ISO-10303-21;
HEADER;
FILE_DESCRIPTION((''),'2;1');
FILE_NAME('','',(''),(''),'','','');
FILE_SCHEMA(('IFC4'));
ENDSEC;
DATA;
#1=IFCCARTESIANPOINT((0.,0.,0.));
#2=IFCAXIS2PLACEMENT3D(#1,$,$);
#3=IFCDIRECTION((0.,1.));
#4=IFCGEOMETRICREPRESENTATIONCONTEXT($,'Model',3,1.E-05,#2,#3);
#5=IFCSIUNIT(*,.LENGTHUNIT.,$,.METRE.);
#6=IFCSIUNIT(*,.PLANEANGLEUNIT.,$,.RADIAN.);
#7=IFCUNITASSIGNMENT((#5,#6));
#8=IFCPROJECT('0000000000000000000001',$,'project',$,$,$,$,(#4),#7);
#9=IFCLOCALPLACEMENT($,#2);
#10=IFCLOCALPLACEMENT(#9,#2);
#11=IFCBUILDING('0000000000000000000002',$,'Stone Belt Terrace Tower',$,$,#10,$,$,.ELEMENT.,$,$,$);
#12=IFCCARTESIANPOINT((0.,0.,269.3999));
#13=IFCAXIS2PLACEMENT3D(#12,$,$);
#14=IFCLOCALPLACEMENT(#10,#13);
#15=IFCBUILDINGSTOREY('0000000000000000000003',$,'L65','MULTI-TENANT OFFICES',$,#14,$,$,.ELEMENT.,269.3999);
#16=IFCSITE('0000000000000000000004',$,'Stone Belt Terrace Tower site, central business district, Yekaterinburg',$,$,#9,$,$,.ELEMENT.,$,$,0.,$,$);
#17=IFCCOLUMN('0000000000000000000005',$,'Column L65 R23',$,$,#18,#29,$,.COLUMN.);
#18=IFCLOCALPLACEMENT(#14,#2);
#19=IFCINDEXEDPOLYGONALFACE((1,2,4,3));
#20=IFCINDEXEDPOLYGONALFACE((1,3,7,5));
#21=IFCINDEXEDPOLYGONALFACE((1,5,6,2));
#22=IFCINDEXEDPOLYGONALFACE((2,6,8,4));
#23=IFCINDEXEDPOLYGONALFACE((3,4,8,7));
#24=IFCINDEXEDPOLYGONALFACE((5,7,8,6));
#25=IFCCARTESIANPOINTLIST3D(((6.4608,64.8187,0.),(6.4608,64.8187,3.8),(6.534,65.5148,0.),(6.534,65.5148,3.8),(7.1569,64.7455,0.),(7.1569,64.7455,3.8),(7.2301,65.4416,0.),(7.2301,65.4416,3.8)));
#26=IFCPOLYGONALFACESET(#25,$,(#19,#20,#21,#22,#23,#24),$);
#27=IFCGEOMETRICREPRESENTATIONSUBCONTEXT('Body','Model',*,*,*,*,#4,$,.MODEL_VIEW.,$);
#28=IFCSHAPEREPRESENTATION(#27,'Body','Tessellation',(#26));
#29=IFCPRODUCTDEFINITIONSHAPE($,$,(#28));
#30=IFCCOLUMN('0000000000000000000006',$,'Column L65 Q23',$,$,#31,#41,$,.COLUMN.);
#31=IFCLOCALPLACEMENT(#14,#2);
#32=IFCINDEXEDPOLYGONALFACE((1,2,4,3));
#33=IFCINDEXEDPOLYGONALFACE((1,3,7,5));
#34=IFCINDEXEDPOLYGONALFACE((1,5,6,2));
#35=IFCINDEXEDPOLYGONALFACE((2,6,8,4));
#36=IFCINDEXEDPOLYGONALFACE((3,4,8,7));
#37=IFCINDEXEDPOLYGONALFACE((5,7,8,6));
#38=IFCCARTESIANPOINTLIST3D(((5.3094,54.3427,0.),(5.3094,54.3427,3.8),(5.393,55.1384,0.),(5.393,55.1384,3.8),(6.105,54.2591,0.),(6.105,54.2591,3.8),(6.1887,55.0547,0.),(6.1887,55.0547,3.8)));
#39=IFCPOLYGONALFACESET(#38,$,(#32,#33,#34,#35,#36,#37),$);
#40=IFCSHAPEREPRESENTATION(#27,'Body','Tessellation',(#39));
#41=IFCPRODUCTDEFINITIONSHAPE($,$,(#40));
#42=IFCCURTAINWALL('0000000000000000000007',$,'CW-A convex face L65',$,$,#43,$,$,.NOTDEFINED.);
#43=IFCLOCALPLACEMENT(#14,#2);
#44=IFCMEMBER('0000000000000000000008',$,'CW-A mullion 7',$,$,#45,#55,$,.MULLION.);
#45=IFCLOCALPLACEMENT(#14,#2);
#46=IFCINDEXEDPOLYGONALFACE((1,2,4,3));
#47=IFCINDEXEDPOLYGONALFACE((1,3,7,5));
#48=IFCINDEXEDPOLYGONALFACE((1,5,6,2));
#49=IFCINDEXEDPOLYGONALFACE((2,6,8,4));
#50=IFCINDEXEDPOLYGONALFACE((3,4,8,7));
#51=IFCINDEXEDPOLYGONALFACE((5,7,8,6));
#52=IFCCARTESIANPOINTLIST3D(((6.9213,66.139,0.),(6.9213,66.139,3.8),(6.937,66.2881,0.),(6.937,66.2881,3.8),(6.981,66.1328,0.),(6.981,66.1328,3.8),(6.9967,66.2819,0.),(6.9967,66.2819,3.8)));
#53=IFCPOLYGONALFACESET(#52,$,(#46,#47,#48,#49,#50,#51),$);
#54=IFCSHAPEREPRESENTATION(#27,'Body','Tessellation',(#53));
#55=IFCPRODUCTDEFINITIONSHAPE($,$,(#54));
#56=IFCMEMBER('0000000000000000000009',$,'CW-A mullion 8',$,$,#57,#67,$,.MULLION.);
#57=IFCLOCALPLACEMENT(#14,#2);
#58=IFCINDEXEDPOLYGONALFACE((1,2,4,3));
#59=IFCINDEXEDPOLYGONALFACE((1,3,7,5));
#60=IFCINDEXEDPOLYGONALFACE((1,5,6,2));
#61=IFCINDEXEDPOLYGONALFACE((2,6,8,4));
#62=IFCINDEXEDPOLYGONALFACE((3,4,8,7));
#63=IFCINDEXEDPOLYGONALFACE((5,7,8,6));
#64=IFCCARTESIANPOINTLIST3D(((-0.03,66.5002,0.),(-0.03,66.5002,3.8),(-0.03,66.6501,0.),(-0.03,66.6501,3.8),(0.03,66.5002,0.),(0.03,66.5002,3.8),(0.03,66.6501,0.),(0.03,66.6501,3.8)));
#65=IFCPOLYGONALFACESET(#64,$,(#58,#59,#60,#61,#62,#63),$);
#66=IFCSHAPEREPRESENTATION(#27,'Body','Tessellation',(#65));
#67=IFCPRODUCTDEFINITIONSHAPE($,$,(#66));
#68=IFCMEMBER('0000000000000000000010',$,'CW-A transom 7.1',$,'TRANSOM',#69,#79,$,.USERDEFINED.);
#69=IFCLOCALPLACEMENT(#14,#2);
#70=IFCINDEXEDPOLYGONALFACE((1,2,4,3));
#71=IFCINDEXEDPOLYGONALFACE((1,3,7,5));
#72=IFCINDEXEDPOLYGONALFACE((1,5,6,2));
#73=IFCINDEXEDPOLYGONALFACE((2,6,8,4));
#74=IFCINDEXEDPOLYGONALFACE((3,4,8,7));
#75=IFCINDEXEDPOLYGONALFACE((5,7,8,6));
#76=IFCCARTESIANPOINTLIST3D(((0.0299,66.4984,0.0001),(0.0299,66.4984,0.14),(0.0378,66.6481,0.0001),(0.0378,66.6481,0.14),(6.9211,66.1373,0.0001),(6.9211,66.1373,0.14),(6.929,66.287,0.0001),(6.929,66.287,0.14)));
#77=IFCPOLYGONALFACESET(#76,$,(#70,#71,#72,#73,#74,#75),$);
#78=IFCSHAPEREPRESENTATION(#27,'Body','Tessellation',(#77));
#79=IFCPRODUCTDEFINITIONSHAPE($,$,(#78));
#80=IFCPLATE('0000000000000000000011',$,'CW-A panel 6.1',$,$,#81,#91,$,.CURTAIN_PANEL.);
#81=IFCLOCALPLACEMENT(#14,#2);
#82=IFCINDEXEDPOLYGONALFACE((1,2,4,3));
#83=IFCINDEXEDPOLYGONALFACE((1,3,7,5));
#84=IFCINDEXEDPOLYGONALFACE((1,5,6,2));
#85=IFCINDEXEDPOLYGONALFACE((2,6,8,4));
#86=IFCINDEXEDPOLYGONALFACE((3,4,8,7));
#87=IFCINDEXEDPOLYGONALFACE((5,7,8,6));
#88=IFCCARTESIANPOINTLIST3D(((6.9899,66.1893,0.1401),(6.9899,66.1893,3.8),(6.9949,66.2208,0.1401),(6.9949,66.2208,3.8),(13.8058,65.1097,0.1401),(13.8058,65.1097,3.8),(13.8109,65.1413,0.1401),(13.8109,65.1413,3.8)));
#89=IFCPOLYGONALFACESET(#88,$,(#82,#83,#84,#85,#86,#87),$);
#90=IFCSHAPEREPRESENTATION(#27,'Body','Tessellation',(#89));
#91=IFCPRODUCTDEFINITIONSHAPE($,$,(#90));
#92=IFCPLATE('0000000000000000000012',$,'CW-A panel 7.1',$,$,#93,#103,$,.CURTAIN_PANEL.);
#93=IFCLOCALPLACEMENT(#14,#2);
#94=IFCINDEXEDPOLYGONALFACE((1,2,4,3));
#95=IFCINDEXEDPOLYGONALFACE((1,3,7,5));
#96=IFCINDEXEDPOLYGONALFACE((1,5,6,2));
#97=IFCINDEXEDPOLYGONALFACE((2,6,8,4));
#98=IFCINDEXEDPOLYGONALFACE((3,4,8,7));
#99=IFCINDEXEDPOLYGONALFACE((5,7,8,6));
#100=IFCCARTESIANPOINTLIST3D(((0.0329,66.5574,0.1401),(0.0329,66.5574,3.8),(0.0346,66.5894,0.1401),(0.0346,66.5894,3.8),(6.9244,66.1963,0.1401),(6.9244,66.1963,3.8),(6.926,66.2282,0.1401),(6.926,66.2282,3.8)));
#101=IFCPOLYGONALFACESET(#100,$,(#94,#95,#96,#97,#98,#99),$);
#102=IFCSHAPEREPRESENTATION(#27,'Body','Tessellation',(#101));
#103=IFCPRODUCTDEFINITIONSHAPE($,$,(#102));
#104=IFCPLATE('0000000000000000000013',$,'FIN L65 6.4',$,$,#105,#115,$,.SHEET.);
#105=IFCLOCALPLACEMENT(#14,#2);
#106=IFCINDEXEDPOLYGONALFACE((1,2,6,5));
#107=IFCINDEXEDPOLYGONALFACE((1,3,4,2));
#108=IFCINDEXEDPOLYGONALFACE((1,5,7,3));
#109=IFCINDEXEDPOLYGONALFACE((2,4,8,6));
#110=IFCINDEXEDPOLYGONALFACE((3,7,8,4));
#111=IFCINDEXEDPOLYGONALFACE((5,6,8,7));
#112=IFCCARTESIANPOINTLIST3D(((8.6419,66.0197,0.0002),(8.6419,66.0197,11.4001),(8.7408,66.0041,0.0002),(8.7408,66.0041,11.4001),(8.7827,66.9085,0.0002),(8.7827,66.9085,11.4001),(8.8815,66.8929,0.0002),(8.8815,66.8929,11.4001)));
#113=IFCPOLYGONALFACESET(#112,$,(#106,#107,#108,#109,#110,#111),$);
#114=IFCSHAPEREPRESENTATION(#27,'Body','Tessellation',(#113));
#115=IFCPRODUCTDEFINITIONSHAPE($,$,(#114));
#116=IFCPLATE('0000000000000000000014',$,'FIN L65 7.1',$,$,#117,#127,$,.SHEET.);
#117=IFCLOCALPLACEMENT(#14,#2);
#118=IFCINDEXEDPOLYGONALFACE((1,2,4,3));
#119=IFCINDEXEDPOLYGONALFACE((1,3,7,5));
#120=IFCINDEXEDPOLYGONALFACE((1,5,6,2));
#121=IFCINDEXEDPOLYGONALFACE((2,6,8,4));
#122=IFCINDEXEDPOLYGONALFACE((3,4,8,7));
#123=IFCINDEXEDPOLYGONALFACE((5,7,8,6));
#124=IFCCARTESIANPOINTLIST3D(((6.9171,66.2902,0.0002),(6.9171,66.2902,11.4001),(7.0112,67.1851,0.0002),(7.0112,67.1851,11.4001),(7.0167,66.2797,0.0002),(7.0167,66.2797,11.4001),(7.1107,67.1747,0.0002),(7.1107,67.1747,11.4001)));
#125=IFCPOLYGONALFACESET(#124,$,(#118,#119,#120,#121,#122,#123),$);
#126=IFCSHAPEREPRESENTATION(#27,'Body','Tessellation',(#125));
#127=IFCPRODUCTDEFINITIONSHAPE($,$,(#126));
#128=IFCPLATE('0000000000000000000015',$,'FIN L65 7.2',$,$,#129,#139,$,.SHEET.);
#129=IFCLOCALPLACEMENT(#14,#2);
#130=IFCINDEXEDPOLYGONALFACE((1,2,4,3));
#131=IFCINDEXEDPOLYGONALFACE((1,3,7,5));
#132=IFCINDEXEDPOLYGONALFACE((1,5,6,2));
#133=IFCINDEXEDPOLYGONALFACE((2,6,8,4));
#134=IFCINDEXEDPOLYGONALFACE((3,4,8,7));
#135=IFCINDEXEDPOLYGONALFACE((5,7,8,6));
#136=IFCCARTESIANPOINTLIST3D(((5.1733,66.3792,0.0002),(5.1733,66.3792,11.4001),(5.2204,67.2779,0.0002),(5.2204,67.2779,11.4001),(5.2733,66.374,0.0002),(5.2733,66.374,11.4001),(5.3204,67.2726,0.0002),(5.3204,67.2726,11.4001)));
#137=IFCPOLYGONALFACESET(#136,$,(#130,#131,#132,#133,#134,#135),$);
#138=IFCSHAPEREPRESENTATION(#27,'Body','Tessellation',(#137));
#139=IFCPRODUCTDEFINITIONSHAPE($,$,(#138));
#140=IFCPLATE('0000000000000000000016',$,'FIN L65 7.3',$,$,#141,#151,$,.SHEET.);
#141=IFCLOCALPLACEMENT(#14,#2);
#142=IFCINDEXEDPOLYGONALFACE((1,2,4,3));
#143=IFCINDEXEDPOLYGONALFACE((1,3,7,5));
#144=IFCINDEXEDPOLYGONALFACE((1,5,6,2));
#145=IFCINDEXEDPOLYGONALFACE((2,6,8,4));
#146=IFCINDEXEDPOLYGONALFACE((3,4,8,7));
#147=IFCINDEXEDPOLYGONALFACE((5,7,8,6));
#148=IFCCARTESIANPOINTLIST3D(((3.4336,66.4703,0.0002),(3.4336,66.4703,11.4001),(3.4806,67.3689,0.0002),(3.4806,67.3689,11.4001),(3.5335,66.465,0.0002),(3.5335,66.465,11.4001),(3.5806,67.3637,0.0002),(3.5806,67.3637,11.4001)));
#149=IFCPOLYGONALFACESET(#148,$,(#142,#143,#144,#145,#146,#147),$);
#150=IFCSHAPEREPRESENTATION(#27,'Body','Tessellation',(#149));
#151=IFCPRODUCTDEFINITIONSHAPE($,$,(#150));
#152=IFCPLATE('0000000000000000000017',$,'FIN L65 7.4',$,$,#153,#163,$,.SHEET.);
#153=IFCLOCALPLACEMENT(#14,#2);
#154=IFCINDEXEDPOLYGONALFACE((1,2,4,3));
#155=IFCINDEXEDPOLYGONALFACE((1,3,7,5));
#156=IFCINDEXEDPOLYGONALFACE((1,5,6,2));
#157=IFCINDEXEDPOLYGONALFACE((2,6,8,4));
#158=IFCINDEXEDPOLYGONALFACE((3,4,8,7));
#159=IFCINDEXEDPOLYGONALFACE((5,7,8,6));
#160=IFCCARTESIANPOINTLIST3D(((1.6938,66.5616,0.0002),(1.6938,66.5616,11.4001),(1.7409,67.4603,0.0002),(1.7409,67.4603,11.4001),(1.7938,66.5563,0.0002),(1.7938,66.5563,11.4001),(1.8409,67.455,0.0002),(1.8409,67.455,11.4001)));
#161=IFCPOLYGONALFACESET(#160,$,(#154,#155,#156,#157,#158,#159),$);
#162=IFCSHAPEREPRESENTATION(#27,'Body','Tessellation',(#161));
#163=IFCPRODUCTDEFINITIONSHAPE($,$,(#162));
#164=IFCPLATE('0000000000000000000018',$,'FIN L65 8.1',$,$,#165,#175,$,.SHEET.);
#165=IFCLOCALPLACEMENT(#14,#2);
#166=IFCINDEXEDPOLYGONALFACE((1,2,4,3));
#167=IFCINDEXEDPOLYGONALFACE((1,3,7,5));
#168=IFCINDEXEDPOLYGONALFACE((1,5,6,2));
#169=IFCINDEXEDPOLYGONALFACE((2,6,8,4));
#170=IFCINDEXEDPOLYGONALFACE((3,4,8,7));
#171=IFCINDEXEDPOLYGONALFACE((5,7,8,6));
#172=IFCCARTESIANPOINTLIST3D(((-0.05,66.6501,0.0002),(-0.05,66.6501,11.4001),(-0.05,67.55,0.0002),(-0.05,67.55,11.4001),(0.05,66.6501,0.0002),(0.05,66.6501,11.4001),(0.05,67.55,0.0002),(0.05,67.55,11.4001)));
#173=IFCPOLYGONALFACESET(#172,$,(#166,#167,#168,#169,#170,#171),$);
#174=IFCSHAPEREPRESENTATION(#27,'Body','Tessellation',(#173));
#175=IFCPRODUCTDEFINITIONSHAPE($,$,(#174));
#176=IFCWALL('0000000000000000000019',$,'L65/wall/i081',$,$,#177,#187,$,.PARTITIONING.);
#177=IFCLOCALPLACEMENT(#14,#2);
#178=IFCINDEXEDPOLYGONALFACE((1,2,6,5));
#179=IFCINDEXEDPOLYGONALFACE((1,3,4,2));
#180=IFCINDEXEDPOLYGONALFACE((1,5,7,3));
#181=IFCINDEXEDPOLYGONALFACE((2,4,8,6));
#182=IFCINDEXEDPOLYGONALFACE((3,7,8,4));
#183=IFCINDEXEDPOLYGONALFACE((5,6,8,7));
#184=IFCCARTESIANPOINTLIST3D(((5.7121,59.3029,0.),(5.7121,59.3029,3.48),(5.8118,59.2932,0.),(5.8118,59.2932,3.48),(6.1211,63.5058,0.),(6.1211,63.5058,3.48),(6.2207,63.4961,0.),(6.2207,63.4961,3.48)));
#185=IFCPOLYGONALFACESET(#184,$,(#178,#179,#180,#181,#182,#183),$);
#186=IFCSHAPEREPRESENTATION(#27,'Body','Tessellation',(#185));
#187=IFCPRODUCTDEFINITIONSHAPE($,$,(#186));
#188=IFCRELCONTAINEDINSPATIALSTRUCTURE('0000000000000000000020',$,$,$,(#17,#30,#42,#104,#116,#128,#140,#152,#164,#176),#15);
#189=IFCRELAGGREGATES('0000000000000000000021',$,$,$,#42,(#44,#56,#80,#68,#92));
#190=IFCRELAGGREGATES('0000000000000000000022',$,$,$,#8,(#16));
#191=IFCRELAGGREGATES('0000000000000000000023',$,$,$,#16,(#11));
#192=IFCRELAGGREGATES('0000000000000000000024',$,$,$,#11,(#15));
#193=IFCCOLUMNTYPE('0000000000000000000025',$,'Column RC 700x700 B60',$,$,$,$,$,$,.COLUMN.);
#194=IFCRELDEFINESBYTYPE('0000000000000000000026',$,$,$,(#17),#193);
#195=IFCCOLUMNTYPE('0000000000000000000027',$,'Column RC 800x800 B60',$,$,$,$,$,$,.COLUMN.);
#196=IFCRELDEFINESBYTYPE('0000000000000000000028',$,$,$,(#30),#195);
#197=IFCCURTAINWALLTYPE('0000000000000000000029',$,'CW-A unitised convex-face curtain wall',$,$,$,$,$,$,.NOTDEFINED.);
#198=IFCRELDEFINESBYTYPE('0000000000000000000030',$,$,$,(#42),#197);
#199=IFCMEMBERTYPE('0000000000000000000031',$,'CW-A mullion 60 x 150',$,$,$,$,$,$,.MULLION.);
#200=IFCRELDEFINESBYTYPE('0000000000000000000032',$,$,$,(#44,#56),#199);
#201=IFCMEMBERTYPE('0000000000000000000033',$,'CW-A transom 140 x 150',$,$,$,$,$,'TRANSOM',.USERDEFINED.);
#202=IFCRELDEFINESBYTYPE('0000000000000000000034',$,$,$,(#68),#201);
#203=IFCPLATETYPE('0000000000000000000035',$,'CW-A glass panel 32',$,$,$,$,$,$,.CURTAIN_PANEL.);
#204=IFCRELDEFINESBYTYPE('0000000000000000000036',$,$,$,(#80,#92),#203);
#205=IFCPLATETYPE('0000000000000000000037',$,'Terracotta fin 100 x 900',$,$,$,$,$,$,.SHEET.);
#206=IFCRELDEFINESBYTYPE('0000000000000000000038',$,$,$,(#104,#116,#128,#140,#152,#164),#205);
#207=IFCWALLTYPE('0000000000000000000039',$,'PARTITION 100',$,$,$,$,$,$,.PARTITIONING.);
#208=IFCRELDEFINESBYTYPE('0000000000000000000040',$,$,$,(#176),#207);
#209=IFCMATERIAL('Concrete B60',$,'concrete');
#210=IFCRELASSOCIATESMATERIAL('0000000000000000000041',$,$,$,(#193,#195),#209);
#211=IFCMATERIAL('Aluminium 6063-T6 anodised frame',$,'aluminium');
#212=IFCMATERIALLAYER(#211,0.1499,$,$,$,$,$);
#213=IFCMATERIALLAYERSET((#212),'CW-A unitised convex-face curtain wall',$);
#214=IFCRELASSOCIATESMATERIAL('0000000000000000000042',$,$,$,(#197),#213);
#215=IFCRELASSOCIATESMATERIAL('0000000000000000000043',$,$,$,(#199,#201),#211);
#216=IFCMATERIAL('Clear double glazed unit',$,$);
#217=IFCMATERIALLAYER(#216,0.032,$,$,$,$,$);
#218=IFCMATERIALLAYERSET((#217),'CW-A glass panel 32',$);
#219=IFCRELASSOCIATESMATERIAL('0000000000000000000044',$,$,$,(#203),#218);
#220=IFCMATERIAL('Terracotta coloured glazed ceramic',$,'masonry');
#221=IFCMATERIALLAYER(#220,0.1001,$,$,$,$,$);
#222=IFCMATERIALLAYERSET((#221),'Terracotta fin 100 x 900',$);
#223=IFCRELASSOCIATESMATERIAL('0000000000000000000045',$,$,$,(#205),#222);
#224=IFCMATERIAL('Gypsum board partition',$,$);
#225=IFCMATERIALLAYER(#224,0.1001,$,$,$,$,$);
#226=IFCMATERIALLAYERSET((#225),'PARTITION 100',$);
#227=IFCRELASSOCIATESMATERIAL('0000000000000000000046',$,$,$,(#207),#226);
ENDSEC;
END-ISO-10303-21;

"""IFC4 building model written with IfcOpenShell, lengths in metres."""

from ifc_helpers import new_model, si_unit, direction, frame, frame_2d, origin, origin_2d, place, context, subcontext, project, spatial, rectangle, extrude, material, layer, layer_set, material_profile, profile_set, type_object, element, aggregate, save


model = new_model("IFC4")

# Units and contexts
model_context = context("Model", 3, precision=1e-05, world=origin(), true_north=direction((0.0, 1.0)))
body_context = subcontext(model_context, "Body", "Model", "MODEL_VIEW")
ifc_project = project(units=[si_unit("LENGTHUNIT", "METRE"), si_unit("PLANEANGLEUNIT", "RADIAN")], contexts=[model_context])

# Site, building, storey
site_placement = place(None, origin())
site = spatial("IfcSite", under=ifc_project, at=site_placement, Name="Stone Belt Terrace Tower site, central business district, Yekaterinburg", CompositionType="ELEMENT", RefElevation=0.0)
building_placement = place(site_placement, origin())
building = spatial("IfcBuilding", under=site, at=building_placement, Name="Stone Belt Terrace Tower", CompositionType="ELEMENT")
storey_placement = place(building_placement, frame((0.0, 0.0, 269.3999)))
storey = spatial("IfcBuildingStorey", under=building, at=storey_placement, Name="L65", Description="MULTI-TENANT OFFICES", CompositionType="ELEMENT", Elevation=269.3999)

# Columns
ifc_material_1 = material(Name="Concrete B60", Category="concrete")
ifc_material_profile_1 = material_profile(ifc_material_1, rectangle(XDim=0.7, YDim=0.7, at=origin_2d()), Name="RC 700x700")
ifc_profile_set_1 = profile_set([ifc_material_profile_1], Name="Concrete B60")
column_type_1 = type_object("IfcColumnType", Name="Column RC 700x700 B60", PredefinedType="COLUMN", material=ifc_profile_set_1)
column_1_placement = place(storey_placement, frame((6.8455, 65.1301, 0.0), z_axis=(0.0, 0.0, 1.0), x_axis=(0.994522, -0.104528, 0.0)))
element("IfcColumn", 1, at=column_1_placement, inside=storey, type_object=column_type_1, Name="Column L65 R23", PredefinedType="COLUMN", context=body_context, shape_type="SweptSolid", body=[
    extrude(rectangle(XDim=0.7, YDim=0.7, at=origin_2d()), origin(), (0.0, 0.0, 1.0), 3.8),
])
ifc_material_profile_2 = material_profile(ifc_material_1, rectangle(XDim=0.8, YDim=0.8, at=origin_2d()), Name="RC 800x800")
ifc_profile_set_2 = profile_set([ifc_material_profile_2], Name="Concrete B60")
column_type_2 = type_object("IfcColumnType", Name="Column RC 800x800 B60", PredefinedType="COLUMN", material=ifc_profile_set_2)
column_2_placement = place(storey_placement, frame((5.749, 54.6987, 0.0), z_axis=(0.0, 0.0, 1.0), x_axis=(0.994522, -0.104528, 0.0)))
element("IfcColumn", 2, at=column_2_placement, inside=storey, type_object=column_type_2, Name="Column L65 Q23", PredefinedType="COLUMN", context=body_context, shape_type="SweptSolid", body=[
    extrude(rectangle(XDim=0.8, YDim=0.8, at=origin_2d()), origin(), (0.0, 0.0, 1.0), 3.8),
])

# Curtain wall, members, plates
ifc_material_2 = material(Name="Aluminium 6063-T6 anodised frame", Category="aluminium")
ifc_layer_1 = layer(ifc_material_2, 0.1499)
ifc_layer_set_1 = layer_set([ifc_layer_1], Name="CW-A unitised convex-face curtain wall")
curtain_wall_type = type_object("IfcCurtainWallType", Name="CW-A unitised convex-face curtain wall", PredefinedType="NOTDEFINED", material=ifc_layer_set_1)
curtain_wall_placement = place(storey_placement, origin())
curtain_wall = element("IfcCurtainWall", 3, at=curtain_wall_placement, inside=storey, type_object=curtain_wall_type, Name="CW-A convex face L65", PredefinedType="NOTDEFINED")
ifc_material_profile_3 = material_profile(ifc_material_2, rectangle(XDim=0.1499, YDim=0.0601, at=origin_2d()), Name="Aluminium 6063-T6 60x150")
ifc_profile_set_3 = profile_set([ifc_material_profile_3], Name="Aluminium 6063-T6 anodised frame")
member_type_1 = type_object("IfcMemberType", Name="CW-A mullion 60 x 150", PredefinedType="MULLION", material=ifc_profile_set_3)
member_1_placement = place(storey_placement, frame((6.959, 66.2104, 0.0), z_axis=(0.0, 0.0, 1.0), x_axis=(-0.104528, -0.994522, 0.0)))
member_1 = element("IfcMember", 4, at=member_1_placement, type_object=member_type_1, Name="CW-A mullion 7", PredefinedType="MULLION", context=body_context, shape_type="SweptSolid", body=[
    extrude(rectangle(XDim=0.1499, YDim=0.0601, at=origin_2d()), origin(), (0.0, 0.0, 1.0), 3.8),
])
member_2_placement = place(storey_placement, frame((0.0, 66.5752, 0.0), z_axis=(0.0, 0.0, 1.0), x_axis=(0.0, -1.0, 0.0)))
member_2 = element("IfcMember", 5, at=member_2_placement, type_object=member_type_1, Name="CW-A mullion 8", PredefinedType="MULLION", context=body_context, shape_type="SweptSolid", body=[
    extrude(rectangle(XDim=0.1499, YDim=0.0601, at=origin_2d()), origin(), (0.0, 0.0, 1.0), 3.8),
])
ifc_material_profile_4 = material_profile(ifc_material_2, rectangle(XDim=0.1499, YDim=0.1399, at=origin_2d()), Name="Aluminium 6063-T6 150x140")
ifc_profile_set_4 = profile_set([ifc_material_profile_4], Name="Aluminium 6063-T6 anodised frame")
member_type_2 = type_object("IfcMemberType", Name="CW-A transom 140 x 150", ElementType="TRANSOM", PredefinedType="USERDEFINED", material=ifc_profile_set_4)
member_3_placement = place(storey_placement, frame((6.925, 66.2122, 0.0701), z_axis=(-0.99863, 0.052327, 0.0), x_axis=(-0.052327, -0.99863, 0.0)))
member_3 = element("IfcMember", 6, at=member_3_placement, type_object=member_type_2, Name="CW-A transom 7.1", ObjectType="TRANSOM", PredefinedType="USERDEFINED", context=body_context, shape_type="SweptSolid", body=[
    extrude(rectangle(XDim=0.1499, YDim=0.1399, at=origin_2d()), origin(), (0.0, 0.0, 1.0), 6.9006),
])
ifc_material_3 = material(Name="Clear double glazed unit")
ifc_layer_2 = layer(ifc_material_3, 0.032)
ifc_layer_set_2 = layer_set([ifc_layer_2], Name="CW-A glass panel 32")
plate_type_1 = type_object("IfcPlateType", Name="CW-A glass panel 32", PredefinedType="CURTAIN_PANEL", material=ifc_layer_set_2)
plate_1_placement = place(storey_placement, frame((10.4004, 65.6653, 0.1401), z_axis=(0.0, 0.0, 1.0), x_axis=(-0.987688, 0.156434, 0.0)))
plate_1 = element("IfcPlate", 7, at=plate_1_placement, type_object=plate_type_1, Name="CW-A panel 6.1", PredefinedType="CURTAIN_PANEL", context=body_context, shape_type="SweptSolid", body=[
    extrude(rectangle(XDim=6.9009, YDim=0.032, at=origin_2d()), origin(), (0.0, 0.0, 1.0), 3.6599),
])
plate_2_placement = place(storey_placement, frame((3.4795, 66.3928, 0.1401), z_axis=(0.0, 0.0, 1.0), x_axis=(-0.99863, 0.052336, 0.0)))
plate_2 = element("IfcPlate", 8, at=plate_2_placement, type_object=plate_type_1, Name="CW-A panel 7.1", PredefinedType="CURTAIN_PANEL", context=body_context, shape_type="SweptSolid", body=[
    extrude(rectangle(XDim=6.9009, YDim=0.032, at=origin_2d()), origin(), (0.0, 0.0, 1.0), 3.6599),
])
aggregate(curtain_wall, [member_1, member_2, plate_1, member_3, plate_2])

# Plates
ifc_material_4 = material(Name="Terracotta coloured glazed ceramic", Category="masonry")
ifc_layer_3 = layer(ifc_material_4, 0.1001)
ifc_layer_set_3 = layer_set([ifc_layer_3], Name="Terracotta fin 100 x 900")
plate_type_2 = type_object("IfcPlateType", Name="Terracotta fin 100 x 900", PredefinedType="SHEET", material=ifc_layer_set_3)
for number, where, z_axis, x_axis, name in (
    (9, (8.7617, 66.4563, 0.0002), (0.0, 0.0, 1.0), (0.156434, 0.987688, 0.0), "FIN L65 6.4"),
    (10, (7.0139, 66.7324, 0.0002), (0.0, 0.0, 1.0), (0.104528, 0.994522, 0.0), "FIN L65 7.1"),
    (11, (5.2468, 66.8259, 0.0002), (0.0, 0.0, 1.0), (0.052336, 0.99863, 0.0), "FIN L65 7.2"),
    (12, (3.5071, 66.917, 0.0002), (0.0, 0.0, 1.0), (0.052336, 0.99863, 0.0), "FIN L65 7.3"),
    (13, (1.7673, 67.0083, 0.0002), (0.0, 0.0, 1.0), (0.052336, 0.99863, 0.0), "FIN L65 7.4"),
    (14, (0.0, 67.1001, 0.0002), (0.0, 0.0, 1.0), (0.0, 1.0, 0.0), "FIN L65 8.1"),
):
    element("IfcPlate", number, at=place(storey_placement, frame(where, z_axis=z_axis, x_axis=x_axis)), inside=storey, type_object=plate_type_2, Name=name, PredefinedType="SHEET", context=body_context, shape_type="SweptSolid", body=[
        extrude(rectangle(XDim=0.8999, YDim=0.1001, at=origin_2d()), origin(), (0.0, 0.0, 1.0), 11.3999),
    ])

# Wall
ifc_material_5 = material(Name="Gypsum board partition")
ifc_layer_4 = layer(ifc_material_5, 0.1001)
ifc_layer_set_4 = layer_set([ifc_layer_4], Name="PARTITION 100")
wall_type_1 = type_object("IfcWallType", Name="PARTITION 100", PredefinedType="PARTITIONING", material=ifc_layer_set_4)
wall_1_placement = place(storey_placement, frame((5.762, 59.2981, 0.0), z_axis=(0.0, 0.0, 1.0), x_axis=(0.096842, 0.9953, 0.0)))
element("IfcWall", 15, at=wall_1_placement, inside=storey, type_object=wall_type_1, Name="L65/wall/i081", PredefinedType="PARTITIONING", context=body_context, shape_type="SweptSolid", body=[
    extrude(rectangle(XDim=4.2227, YDim=0.1001, at=frame_2d((2.1113, 0.0))), origin(), (0.0, 0.0, 1.0), 3.48),
])

save(model, "model.ifc")
